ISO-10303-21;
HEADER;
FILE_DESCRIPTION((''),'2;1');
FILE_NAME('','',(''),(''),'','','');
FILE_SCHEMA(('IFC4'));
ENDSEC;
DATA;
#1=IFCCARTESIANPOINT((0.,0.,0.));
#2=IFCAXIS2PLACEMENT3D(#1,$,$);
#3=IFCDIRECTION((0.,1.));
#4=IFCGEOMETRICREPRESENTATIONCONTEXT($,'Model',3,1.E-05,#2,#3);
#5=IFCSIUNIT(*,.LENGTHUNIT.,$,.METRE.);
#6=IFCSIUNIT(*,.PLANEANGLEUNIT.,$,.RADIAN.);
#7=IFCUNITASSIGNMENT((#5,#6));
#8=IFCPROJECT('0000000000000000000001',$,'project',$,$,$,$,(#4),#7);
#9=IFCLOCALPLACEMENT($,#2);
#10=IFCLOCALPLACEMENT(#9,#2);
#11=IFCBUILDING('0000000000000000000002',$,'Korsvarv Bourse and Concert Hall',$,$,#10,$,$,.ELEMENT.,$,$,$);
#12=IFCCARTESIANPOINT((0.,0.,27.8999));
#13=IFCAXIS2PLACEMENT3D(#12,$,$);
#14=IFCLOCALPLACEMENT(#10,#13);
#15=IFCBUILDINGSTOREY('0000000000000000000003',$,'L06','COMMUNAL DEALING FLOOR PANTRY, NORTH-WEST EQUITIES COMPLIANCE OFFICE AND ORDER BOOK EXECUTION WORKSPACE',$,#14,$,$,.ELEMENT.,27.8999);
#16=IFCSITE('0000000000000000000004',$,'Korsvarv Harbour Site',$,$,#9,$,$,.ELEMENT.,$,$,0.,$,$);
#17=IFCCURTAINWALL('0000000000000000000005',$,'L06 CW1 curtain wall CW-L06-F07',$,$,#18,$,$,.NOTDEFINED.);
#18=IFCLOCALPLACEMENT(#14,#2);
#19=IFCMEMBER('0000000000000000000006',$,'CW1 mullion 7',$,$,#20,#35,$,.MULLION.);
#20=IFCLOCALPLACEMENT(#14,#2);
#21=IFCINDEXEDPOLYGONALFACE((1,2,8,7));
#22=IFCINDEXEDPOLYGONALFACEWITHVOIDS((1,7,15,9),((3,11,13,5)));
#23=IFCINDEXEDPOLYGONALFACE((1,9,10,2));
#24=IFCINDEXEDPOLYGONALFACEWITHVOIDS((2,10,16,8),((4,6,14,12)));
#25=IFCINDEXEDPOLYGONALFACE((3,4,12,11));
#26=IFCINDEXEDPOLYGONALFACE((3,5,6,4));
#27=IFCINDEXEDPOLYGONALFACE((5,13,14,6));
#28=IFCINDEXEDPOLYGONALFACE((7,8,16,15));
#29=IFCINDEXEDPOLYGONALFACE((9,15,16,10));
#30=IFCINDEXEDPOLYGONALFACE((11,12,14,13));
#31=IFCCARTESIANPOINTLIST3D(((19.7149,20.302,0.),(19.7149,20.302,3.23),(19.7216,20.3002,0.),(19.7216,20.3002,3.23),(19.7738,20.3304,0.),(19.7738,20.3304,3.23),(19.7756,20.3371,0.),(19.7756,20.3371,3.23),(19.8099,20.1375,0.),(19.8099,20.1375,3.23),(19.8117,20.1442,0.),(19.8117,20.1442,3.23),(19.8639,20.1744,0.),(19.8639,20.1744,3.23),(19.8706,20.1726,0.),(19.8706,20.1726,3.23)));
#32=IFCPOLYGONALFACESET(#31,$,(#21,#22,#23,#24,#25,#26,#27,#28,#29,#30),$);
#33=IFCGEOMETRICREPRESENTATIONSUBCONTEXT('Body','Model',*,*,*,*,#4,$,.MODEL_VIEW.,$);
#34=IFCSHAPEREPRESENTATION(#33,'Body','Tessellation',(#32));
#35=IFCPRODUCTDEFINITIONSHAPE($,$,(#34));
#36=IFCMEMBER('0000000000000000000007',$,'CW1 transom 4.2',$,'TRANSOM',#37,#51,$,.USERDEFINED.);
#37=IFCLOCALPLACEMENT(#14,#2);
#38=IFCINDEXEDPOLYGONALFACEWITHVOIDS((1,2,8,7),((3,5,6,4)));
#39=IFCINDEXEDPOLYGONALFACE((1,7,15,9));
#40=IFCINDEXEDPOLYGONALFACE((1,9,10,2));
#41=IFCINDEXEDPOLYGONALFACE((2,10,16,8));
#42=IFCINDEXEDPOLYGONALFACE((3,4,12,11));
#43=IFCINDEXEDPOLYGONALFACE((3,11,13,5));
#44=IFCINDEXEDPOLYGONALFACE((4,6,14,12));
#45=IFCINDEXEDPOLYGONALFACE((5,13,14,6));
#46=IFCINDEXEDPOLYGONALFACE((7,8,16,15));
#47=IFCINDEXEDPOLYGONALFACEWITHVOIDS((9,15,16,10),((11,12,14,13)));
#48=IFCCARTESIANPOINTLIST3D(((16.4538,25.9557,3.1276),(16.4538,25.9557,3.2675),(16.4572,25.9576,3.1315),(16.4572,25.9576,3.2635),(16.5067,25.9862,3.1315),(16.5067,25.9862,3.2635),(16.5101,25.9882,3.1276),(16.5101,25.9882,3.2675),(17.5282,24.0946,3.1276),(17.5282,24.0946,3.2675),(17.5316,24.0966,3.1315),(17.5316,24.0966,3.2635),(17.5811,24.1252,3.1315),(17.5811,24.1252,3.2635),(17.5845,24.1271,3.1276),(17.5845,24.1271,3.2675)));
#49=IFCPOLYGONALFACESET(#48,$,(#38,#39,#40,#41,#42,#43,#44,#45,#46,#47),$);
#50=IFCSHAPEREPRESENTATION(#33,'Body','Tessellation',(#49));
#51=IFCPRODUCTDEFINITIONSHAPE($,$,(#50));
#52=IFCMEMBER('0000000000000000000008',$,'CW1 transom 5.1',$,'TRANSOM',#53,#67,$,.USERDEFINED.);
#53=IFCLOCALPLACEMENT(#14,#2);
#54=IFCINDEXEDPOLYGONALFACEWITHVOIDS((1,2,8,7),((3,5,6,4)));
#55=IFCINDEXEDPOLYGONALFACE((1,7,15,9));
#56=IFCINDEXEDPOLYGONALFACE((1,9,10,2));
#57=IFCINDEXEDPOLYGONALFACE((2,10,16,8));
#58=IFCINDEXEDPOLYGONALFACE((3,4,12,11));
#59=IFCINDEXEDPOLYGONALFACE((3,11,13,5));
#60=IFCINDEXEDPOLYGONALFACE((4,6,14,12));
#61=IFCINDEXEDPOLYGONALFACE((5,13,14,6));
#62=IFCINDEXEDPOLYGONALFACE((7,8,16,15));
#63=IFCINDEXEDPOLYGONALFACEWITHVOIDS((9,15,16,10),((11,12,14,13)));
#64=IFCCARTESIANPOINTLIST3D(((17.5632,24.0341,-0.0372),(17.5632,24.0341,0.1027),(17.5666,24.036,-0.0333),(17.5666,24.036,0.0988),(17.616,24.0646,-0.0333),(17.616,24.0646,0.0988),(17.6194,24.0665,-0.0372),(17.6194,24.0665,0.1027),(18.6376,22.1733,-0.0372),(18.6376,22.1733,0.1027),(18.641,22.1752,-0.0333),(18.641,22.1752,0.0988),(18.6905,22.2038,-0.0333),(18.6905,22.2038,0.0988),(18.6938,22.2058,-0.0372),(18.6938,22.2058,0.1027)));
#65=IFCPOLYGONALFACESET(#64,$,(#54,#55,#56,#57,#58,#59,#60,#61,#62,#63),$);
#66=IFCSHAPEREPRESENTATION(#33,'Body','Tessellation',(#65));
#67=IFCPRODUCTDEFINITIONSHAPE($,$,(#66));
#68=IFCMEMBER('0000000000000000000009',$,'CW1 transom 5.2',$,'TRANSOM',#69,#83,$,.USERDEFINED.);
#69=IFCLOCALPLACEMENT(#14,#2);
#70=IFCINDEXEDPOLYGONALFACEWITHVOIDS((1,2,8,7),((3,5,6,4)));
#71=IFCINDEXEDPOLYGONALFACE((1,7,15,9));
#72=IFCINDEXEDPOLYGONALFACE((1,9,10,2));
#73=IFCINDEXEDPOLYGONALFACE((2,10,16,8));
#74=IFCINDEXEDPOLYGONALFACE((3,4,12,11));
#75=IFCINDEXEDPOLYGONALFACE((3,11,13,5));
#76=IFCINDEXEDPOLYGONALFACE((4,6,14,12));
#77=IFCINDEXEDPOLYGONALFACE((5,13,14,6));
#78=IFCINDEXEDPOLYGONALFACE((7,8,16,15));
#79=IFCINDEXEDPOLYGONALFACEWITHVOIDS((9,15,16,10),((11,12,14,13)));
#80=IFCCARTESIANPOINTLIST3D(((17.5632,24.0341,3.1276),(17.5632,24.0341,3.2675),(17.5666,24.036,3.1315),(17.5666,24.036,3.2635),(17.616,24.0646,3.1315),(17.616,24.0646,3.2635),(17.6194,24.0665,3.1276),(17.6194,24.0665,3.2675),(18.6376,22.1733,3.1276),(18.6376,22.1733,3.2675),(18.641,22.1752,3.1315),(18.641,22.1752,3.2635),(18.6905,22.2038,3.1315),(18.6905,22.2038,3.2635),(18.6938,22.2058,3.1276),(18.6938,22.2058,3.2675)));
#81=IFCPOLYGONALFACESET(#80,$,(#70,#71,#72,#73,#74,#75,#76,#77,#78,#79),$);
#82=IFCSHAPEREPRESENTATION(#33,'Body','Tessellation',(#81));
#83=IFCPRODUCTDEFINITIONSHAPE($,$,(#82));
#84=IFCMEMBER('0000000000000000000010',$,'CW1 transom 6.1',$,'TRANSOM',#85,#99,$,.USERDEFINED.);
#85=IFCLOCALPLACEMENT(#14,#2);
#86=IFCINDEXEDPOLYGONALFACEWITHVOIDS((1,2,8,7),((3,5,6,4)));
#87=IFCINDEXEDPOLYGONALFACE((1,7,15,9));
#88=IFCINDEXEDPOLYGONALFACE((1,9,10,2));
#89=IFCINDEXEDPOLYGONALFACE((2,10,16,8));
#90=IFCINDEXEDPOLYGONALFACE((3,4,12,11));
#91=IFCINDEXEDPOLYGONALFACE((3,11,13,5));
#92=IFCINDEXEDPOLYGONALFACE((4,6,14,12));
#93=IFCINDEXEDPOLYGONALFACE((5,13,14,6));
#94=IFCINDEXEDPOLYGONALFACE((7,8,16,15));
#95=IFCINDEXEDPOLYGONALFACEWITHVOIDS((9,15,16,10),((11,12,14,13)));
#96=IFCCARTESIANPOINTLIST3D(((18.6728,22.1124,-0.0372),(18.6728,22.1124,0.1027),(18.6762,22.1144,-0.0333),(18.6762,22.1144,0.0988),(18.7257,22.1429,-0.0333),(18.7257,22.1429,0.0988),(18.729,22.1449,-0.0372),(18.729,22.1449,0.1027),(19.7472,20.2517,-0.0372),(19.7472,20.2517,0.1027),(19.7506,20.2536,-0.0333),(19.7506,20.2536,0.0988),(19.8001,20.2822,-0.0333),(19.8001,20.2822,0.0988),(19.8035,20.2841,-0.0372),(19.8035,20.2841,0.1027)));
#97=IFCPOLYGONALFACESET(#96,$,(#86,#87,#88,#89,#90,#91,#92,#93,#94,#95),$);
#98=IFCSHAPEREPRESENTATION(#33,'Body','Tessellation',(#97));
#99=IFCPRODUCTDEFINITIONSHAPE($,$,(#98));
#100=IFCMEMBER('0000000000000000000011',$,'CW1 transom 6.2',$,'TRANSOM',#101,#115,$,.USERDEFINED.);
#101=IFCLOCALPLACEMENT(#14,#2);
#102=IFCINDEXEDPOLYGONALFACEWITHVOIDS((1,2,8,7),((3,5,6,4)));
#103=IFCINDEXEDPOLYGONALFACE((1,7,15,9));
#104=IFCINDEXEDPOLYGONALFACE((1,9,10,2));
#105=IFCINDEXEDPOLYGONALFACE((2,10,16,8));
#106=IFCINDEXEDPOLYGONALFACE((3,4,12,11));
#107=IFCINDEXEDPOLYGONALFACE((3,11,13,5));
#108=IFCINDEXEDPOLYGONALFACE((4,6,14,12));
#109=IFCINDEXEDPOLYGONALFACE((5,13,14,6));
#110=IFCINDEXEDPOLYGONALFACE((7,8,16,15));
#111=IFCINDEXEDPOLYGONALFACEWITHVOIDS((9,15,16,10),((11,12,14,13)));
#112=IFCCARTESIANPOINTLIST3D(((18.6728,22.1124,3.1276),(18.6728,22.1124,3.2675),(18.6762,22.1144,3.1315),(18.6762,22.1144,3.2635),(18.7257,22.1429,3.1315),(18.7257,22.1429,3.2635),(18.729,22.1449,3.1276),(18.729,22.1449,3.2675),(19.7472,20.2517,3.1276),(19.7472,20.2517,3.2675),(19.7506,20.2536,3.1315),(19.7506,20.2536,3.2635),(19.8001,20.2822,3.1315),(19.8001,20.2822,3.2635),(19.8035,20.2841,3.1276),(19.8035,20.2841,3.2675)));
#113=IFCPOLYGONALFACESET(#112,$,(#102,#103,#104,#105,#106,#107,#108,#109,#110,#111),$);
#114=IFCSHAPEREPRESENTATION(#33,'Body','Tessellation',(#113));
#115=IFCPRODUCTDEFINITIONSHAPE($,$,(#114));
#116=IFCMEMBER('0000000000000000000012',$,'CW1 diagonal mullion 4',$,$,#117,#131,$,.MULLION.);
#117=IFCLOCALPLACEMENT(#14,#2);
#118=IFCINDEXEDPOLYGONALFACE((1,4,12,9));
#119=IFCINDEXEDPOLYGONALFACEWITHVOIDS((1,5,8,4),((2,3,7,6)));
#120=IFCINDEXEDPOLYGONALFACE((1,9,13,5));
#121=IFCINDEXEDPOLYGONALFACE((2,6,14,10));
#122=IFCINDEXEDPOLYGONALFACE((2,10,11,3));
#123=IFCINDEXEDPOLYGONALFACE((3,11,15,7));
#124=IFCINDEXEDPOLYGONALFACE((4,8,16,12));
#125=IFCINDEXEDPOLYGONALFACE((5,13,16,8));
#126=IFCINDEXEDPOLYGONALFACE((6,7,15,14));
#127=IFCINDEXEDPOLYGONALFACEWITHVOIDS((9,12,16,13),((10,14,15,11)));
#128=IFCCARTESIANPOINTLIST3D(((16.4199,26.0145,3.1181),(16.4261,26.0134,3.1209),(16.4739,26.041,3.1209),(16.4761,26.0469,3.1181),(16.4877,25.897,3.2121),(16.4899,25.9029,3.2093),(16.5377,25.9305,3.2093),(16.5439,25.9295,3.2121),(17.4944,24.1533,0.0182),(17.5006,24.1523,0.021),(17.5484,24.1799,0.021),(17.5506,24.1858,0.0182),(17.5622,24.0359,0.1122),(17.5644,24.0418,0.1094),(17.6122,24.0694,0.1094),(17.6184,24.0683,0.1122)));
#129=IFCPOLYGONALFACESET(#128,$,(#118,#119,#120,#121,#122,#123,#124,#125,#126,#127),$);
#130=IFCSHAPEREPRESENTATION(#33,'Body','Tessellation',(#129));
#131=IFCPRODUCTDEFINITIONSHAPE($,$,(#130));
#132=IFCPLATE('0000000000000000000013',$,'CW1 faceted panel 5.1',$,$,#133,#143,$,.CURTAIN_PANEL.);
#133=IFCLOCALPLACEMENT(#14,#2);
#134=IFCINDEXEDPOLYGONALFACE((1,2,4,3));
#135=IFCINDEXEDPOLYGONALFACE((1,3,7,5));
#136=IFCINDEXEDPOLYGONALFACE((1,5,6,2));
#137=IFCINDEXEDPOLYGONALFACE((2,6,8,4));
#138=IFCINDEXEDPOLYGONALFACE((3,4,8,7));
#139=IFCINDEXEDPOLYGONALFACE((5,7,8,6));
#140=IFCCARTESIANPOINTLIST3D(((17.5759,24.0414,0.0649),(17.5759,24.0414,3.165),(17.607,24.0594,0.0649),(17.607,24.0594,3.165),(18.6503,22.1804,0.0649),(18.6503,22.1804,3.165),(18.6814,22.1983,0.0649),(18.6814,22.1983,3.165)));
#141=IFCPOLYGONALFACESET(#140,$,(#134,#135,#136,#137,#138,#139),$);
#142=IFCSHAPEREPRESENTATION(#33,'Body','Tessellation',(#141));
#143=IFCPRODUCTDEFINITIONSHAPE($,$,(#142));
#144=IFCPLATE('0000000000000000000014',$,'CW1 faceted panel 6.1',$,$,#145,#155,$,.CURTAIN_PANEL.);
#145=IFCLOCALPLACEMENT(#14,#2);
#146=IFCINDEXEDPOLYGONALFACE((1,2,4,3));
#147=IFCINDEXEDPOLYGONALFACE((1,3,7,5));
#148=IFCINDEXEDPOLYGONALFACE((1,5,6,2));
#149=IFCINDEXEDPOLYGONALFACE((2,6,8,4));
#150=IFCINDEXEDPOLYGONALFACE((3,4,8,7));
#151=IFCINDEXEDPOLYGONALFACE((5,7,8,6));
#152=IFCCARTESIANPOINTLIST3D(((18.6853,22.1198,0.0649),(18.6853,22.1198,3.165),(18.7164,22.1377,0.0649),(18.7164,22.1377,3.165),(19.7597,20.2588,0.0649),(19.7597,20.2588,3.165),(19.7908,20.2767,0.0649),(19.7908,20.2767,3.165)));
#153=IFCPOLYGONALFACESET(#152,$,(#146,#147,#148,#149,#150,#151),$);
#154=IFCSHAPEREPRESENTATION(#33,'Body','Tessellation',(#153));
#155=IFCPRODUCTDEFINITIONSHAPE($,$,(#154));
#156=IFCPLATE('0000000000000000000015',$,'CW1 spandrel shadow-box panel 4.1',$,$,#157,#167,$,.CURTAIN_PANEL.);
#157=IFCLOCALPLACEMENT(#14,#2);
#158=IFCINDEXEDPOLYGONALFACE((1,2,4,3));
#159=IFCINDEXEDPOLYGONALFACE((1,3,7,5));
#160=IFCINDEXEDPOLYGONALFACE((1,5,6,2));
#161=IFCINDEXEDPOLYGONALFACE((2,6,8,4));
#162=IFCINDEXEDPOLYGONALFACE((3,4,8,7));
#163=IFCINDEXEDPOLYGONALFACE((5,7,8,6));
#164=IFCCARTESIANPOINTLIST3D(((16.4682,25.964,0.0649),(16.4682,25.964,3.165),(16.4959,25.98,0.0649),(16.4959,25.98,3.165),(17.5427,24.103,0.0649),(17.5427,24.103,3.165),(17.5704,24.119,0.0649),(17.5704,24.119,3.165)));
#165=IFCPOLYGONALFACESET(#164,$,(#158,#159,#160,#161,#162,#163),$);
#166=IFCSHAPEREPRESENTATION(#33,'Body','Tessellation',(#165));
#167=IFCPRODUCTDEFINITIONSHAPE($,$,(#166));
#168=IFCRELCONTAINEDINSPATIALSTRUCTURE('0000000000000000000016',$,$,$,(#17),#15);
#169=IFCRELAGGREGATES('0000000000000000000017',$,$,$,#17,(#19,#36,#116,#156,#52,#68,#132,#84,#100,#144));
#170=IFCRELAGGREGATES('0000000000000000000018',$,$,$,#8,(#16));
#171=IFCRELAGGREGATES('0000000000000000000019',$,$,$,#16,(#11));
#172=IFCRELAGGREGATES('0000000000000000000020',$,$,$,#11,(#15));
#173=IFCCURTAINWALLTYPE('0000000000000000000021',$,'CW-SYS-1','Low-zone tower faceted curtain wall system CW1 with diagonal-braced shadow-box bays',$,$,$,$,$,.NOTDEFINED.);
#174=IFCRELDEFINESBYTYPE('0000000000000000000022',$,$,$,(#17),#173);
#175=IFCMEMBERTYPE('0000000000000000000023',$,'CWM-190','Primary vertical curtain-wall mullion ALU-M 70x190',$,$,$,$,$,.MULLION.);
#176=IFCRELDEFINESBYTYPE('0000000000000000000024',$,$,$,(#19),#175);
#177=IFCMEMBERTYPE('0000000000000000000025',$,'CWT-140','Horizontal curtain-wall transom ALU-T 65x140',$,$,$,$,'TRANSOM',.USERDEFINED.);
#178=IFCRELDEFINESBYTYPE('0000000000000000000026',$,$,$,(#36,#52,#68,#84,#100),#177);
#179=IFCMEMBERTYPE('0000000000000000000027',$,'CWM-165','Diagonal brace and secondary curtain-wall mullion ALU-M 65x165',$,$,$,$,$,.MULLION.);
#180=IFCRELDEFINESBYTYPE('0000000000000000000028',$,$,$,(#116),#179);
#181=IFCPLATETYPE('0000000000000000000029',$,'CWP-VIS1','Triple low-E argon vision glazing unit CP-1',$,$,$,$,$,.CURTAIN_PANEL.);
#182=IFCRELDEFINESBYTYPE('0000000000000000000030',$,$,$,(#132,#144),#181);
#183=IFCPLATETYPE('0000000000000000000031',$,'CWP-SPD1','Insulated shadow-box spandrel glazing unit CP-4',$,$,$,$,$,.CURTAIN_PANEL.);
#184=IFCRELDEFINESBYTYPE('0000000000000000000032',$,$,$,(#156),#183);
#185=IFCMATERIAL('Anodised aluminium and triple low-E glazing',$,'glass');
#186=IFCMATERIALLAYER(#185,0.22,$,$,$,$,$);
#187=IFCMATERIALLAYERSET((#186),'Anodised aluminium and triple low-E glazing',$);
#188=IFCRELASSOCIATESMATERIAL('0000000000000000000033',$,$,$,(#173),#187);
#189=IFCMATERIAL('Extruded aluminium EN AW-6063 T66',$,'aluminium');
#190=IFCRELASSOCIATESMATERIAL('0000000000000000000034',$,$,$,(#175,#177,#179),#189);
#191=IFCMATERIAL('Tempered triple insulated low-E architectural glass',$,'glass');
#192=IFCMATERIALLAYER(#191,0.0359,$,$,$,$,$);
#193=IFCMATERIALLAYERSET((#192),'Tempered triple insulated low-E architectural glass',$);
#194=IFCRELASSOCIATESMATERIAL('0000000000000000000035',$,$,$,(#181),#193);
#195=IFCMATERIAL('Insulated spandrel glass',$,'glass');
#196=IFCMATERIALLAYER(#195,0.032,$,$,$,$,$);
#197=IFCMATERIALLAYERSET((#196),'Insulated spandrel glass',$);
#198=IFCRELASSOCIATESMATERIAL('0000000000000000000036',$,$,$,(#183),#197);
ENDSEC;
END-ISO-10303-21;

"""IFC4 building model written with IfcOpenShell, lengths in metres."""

from ifc_helpers import new_model, si_unit, direction, frame, origin, origin_2d, place, context, subcontext, project, spatial, rectangle, hollow_rectangle, extrude, source, transform, mapped, material, layer, layer_set, material_profile, profile_set, type_object, element, aggregate, save


model = new_model("IFC4")

# Units and contexts
model_context = context("Model", 3, precision=1e-05, world=origin(), true_north=direction((0.0, 1.0)))
body_context = subcontext(model_context, "Body", "Model", "MODEL_VIEW")
ifc_project = project(units=[si_unit("LENGTHUNIT", "METRE"), si_unit("PLANEANGLEUNIT", "RADIAN")], contexts=[model_context])

# Site, building, storey
site_placement = place(None, origin())
site = spatial("IfcSite", under=ifc_project, at=site_placement, Name="Korsvarv Harbour Site", CompositionType="ELEMENT", RefElevation=0.0)
building_placement = place(site_placement, origin())
building = spatial("IfcBuilding", under=site, at=building_placement, Name="Korsvarv Bourse and Concert Hall", CompositionType="ELEMENT")
storey_placement = place(building_placement, frame((0.0, 0.0, 27.8999)))
storey = spatial("IfcBuildingStorey", under=building, at=storey_placement, Name="L06", Description="COMMUNAL DEALING FLOOR PANTRY, NORTH-WEST EQUITIES COMPLIANCE OFFICE AND ORDER BOOK EXECUTION WORKSPACE", CompositionType="ELEMENT", Elevation=27.8999)

# Curtain wall, members, plates
ifc_material_1 = material(Name="Anodised aluminium and triple low-E glazing", Category="glass")
ifc_layer_1 = layer(ifc_material_1, 0.22)
ifc_layer_set_1 = layer_set([ifc_layer_1], Name="Anodised aluminium and triple low-E glazing")
curtain_wall_type = type_object("IfcCurtainWallType", Name="CW-SYS-1", Description="Low-zone tower faceted curtain wall system CW1 with diagonal-braced shadow-box bays", PredefinedType="NOTDEFINED", material=ifc_layer_set_1)
curtain_wall_placement = place(storey_placement, origin())
curtain_wall = element("IfcCurtainWall", 1, at=curtain_wall_placement, inside=storey, type_object=curtain_wall_type, Name="L06 CW1 curtain wall CW-L06-F07", PredefinedType="NOTDEFINED")
ifc_material_2 = material(Name="Extruded aluminium EN AW-6063 T66", Category="aluminium")
ifc_material_profile_1 = material_profile(ifc_material_2, hollow_rectangle(XDim=0.0701, YDim=0.1899, WallThickness=0.0049, at=origin_2d()), Name="ALU-M 70x190")
ifc_profile_set_1 = profile_set([ifc_material_profile_1], Name="Extruded aluminium EN AW-6063 T66")
member_type_1 = type_object("IfcMemberType", Name="CWM-190", Description="Primary vertical curtain-wall mullion ALU-M 70x190", PredefinedType="MULLION", material=ifc_profile_set_1)
shared_shape_1 = source(origin(), body_context, "Body", "SweptSolid", [
    extrude(hollow_rectangle(XDim=0.0701, YDim=0.1899, WallThickness=0.0049, at=origin_2d()), origin(), (0.0, 0.0, 1.0), 3.23),
])
member_1_placement = place(storey_placement, frame((19.7927, 20.2373, 0.0), z_axis=(0.0, 0.0, 1.0), x_axis=(0.866029, 0.499995, 0.0)))
member_1 = element("IfcMember", 2, at=member_1_placement, type_object=member_type_1, Name="CW1 mullion 7", PredefinedType="MULLION", context=body_context, shape_type="MappedRepresentation", body=[
    mapped(shared_shape_1, transform((0.0, 0.0, 0.0), scale=1.0)),
])
ifc_material_profile_2 = material_profile(ifc_material_2, hollow_rectangle(XDim=0.0649, YDim=0.1399, WallThickness=0.0039, at=origin_2d()), Name="ALU-T 65x140")
ifc_profile_set_2 = profile_set([ifc_material_profile_2], Name="Extruded aluminium EN AW-6063 T66")
member_type_2 = type_object("IfcMemberType", Name="CWT-140", Description="Horizontal curtain-wall transom ALU-T 65x140", ElementType="TRANSOM", PredefinedType="USERDEFINED", material=ifc_profile_set_2)
shared_shape_2 = source(origin(), body_context, "Body", "SweptSolid", [
    extrude(hollow_rectangle(XDim=0.0649, YDim=0.1399, WallThickness=0.0039, at=origin_2d()), origin(), (0.0, 0.0, 1.0), 2.1489),
])
member_2_placement = place(storey_placement, frame((16.4819, 25.9719, 3.1975), z_axis=(0.499988, -0.866032, 0.0), x_axis=(0.866032, 0.499988, 0.0)))
member_2 = element("IfcMember", 3, at=member_2_placement, type_object=member_type_2, Name="CW1 transom 4.2", ObjectType="TRANSOM", PredefinedType="USERDEFINED", context=body_context, shape_type="MappedRepresentation", body=[
    mapped(shared_shape_2, transform((0.0, 0.0, 0.0), scale=1.0)),
])
shared_shape_3 = source(origin(), body_context, "Body", "SweptSolid", [
    extrude(hollow_rectangle(XDim=0.0649, YDim=0.1399, WallThickness=0.0039, at=origin_2d()), origin(), (0.0, 0.0, 1.0), 2.1487),
])
member_3_placement = place(storey_placement, frame((17.5913, 24.0503, 0.0327), z_axis=(0.500037, -0.866004, 0.0), x_axis=(0.866004, 0.500037, 0.0)))
member_3 = element("IfcMember", 4, at=member_3_placement, type_object=member_type_2, Name="CW1 transom 5.1", ObjectType="TRANSOM", PredefinedType="USERDEFINED", context=body_context, shape_type="MappedRepresentation", body=[
    mapped(shared_shape_3, transform((0.0, 0.0, 0.0), scale=1.0)),
])
member_4_placement = place(storey_placement, frame((17.5913, 24.0503, 3.1975), z_axis=(0.500037, -0.866004, 0.0), x_axis=(0.866004, 0.500037, 0.0)))
member_4 = element("IfcMember", 5, at=member_4_placement, type_object=member_type_2, Name="CW1 transom 5.2", ObjectType="TRANSOM", PredefinedType="USERDEFINED", context=body_context, shape_type="MappedRepresentation", body=[
    mapped(shared_shape_3, transform((0.0, 0.0, 0.0), scale=1.0)),
])
member_5_placement = place(storey_placement, frame((18.7009, 22.1287, 0.0327), z_axis=(0.500037, -0.866004, 0.0), x_axis=(0.866004, 0.500037, 0.0)))
member_5 = element("IfcMember", 6, at=member_5_placement, type_object=member_type_2, Name="CW1 transom 6.1", ObjectType="TRANSOM", PredefinedType="USERDEFINED", context=body_context, shape_type="MappedRepresentation", body=[
    mapped(shared_shape_3, transform((0.0, 0.0, 0.0), scale=1.0)),
])
member_6_placement = place(storey_placement, frame((18.7009, 22.1287, 3.1975), z_axis=(0.500037, -0.866004, 0.0), x_axis=(0.866004, 0.500037, 0.0)))
member_6 = element("IfcMember", 7, at=member_6_placement, type_object=member_type_2, Name="CW1 transom 6.2", ObjectType="TRANSOM", PredefinedType="USERDEFINED", context=body_context, shape_type="MappedRepresentation", body=[
    mapped(shared_shape_3, transform((0.0, 0.0, 0.0), scale=1.0)),
])
ifc_material_profile_3 = material_profile(ifc_material_2, hollow_rectangle(XDim=0.0649, YDim=0.165, WallThickness=0.0049, at=origin_2d()), Name="ALU-M 65x165")
ifc_profile_set_3 = profile_set([ifc_material_profile_3], Name="Extruded aluminium EN AW-6063 T66")
member_type_3 = type_object("IfcMemberType", Name="CWM-165", Description="Diagonal brace and secondary curtain-wall mullion ALU-M 65x165", PredefinedType="MULLION", material=ifc_profile_set_3)
shared_shape_4 = source(origin(), body_context, "Body", "SweptSolid", [
    extrude(hollow_rectangle(XDim=0.0649, YDim=0.165, WallThickness=0.0049, at=origin_2d()), origin(), (0.0, 0.0, 1.0), 3.772),
])
member_7_placement = place(storey_placement, frame((17.5564, 24.1108, 0.0652), z_axis=(-0.28486, 0.493408, 0.821829), x_axis=(-0.866032, -0.499988, 0.0)))
member_7 = element("IfcMember", 8, at=member_7_placement, type_object=member_type_3, Name="CW1 diagonal mullion 4", PredefinedType="MULLION", context=body_context, shape_type="MappedRepresentation", body=[
    mapped(shared_shape_4, transform((0.0, 0.0, 0.0), scale=1.0)),
])
ifc_material_3 = material(Name="Tempered triple insulated low-E architectural glass", Category="glass")
ifc_layer_2 = layer(ifc_material_3, 0.0359)
ifc_layer_set_2 = layer_set([ifc_layer_2], Name="Tempered triple insulated low-E architectural glass")
plate_type_1 = type_object("IfcPlateType", Name="CWP-VIS1", Description="Triple low-E argon vision glazing unit CP-1", PredefinedType="CURTAIN_PANEL", material=ifc_layer_set_2)
shared_shape_5 = source(origin(), body_context, "Body", "SweptSolid", [
    extrude(rectangle(XDim=2.1489, YDim=0.0359, at=origin_2d()), origin(), (0.0, 0.0, 1.0), 3.1001),
])
plate_1_placement = place(storey_placement, frame((18.1287, 23.1199, 0.0649), z_axis=(0.0, 0.0, 1.0), x_axis=(0.499995, -0.866029, 0.0)))
plate_1 = element("IfcPlate", 9, at=plate_1_placement, type_object=plate_type_1, Name="CW1 faceted panel 5.1", PredefinedType="CURTAIN_PANEL", context=body_context, shape_type="MappedRepresentation", body=[
    mapped(shared_shape_5, transform((0.0, 0.0, 0.0), scale=1.0)),
])
plate_2_placement = place(storey_placement, frame((19.238, 21.1982, 0.0649), z_axis=(0.0, 0.0, 1.0), x_axis=(0.499995, -0.866029, 0.0)))
plate_2 = element("IfcPlate", 10, at=plate_2_placement, type_object=plate_type_1, Name="CW1 faceted panel 6.1", PredefinedType="CURTAIN_PANEL", context=body_context, shape_type="MappedRepresentation", body=[
    mapped(shared_shape_5, transform((0.0, 0.0, 0.0), scale=1.0)),
])
ifc_material_4 = material(Name="Insulated spandrel glass", Category="glass")
ifc_layer_3 = layer(ifc_material_4, 0.032)
ifc_layer_set_3 = layer_set([ifc_layer_3], Name="Insulated spandrel glass")
plate_type_2 = type_object("IfcPlateType", Name="CWP-SPD1", Description="Insulated shadow-box spandrel glazing unit CP-4", PredefinedType="CURTAIN_PANEL", material=ifc_layer_set_3)
shared_shape_6 = source(origin(), body_context, "Body", "SweptSolid", [
    extrude(rectangle(XDim=2.1489, YDim=0.032, at=origin_2d()), origin(), (0.0, 0.0, 1.0), 3.1001),
])
plate_3_placement = place(storey_placement, frame((17.0193, 25.0415, 0.0649), z_axis=(0.0, 0.0, 1.0), x_axis=(0.499995, -0.866029, 0.0)))
plate_3 = element("IfcPlate", 11, at=plate_3_placement, type_object=plate_type_2, Name="CW1 spandrel shadow-box panel 4.1", PredefinedType="CURTAIN_PANEL", context=body_context, shape_type="MappedRepresentation", body=[
    mapped(shared_shape_6, transform((0.0, 0.0, 0.0), scale=1.0)),
])
aggregate(curtain_wall, [member_1, member_2, member_7, plate_3, member_3, member_4, plate_1, member_5, member_6, plate_2])

save(model, "model.ifc")
